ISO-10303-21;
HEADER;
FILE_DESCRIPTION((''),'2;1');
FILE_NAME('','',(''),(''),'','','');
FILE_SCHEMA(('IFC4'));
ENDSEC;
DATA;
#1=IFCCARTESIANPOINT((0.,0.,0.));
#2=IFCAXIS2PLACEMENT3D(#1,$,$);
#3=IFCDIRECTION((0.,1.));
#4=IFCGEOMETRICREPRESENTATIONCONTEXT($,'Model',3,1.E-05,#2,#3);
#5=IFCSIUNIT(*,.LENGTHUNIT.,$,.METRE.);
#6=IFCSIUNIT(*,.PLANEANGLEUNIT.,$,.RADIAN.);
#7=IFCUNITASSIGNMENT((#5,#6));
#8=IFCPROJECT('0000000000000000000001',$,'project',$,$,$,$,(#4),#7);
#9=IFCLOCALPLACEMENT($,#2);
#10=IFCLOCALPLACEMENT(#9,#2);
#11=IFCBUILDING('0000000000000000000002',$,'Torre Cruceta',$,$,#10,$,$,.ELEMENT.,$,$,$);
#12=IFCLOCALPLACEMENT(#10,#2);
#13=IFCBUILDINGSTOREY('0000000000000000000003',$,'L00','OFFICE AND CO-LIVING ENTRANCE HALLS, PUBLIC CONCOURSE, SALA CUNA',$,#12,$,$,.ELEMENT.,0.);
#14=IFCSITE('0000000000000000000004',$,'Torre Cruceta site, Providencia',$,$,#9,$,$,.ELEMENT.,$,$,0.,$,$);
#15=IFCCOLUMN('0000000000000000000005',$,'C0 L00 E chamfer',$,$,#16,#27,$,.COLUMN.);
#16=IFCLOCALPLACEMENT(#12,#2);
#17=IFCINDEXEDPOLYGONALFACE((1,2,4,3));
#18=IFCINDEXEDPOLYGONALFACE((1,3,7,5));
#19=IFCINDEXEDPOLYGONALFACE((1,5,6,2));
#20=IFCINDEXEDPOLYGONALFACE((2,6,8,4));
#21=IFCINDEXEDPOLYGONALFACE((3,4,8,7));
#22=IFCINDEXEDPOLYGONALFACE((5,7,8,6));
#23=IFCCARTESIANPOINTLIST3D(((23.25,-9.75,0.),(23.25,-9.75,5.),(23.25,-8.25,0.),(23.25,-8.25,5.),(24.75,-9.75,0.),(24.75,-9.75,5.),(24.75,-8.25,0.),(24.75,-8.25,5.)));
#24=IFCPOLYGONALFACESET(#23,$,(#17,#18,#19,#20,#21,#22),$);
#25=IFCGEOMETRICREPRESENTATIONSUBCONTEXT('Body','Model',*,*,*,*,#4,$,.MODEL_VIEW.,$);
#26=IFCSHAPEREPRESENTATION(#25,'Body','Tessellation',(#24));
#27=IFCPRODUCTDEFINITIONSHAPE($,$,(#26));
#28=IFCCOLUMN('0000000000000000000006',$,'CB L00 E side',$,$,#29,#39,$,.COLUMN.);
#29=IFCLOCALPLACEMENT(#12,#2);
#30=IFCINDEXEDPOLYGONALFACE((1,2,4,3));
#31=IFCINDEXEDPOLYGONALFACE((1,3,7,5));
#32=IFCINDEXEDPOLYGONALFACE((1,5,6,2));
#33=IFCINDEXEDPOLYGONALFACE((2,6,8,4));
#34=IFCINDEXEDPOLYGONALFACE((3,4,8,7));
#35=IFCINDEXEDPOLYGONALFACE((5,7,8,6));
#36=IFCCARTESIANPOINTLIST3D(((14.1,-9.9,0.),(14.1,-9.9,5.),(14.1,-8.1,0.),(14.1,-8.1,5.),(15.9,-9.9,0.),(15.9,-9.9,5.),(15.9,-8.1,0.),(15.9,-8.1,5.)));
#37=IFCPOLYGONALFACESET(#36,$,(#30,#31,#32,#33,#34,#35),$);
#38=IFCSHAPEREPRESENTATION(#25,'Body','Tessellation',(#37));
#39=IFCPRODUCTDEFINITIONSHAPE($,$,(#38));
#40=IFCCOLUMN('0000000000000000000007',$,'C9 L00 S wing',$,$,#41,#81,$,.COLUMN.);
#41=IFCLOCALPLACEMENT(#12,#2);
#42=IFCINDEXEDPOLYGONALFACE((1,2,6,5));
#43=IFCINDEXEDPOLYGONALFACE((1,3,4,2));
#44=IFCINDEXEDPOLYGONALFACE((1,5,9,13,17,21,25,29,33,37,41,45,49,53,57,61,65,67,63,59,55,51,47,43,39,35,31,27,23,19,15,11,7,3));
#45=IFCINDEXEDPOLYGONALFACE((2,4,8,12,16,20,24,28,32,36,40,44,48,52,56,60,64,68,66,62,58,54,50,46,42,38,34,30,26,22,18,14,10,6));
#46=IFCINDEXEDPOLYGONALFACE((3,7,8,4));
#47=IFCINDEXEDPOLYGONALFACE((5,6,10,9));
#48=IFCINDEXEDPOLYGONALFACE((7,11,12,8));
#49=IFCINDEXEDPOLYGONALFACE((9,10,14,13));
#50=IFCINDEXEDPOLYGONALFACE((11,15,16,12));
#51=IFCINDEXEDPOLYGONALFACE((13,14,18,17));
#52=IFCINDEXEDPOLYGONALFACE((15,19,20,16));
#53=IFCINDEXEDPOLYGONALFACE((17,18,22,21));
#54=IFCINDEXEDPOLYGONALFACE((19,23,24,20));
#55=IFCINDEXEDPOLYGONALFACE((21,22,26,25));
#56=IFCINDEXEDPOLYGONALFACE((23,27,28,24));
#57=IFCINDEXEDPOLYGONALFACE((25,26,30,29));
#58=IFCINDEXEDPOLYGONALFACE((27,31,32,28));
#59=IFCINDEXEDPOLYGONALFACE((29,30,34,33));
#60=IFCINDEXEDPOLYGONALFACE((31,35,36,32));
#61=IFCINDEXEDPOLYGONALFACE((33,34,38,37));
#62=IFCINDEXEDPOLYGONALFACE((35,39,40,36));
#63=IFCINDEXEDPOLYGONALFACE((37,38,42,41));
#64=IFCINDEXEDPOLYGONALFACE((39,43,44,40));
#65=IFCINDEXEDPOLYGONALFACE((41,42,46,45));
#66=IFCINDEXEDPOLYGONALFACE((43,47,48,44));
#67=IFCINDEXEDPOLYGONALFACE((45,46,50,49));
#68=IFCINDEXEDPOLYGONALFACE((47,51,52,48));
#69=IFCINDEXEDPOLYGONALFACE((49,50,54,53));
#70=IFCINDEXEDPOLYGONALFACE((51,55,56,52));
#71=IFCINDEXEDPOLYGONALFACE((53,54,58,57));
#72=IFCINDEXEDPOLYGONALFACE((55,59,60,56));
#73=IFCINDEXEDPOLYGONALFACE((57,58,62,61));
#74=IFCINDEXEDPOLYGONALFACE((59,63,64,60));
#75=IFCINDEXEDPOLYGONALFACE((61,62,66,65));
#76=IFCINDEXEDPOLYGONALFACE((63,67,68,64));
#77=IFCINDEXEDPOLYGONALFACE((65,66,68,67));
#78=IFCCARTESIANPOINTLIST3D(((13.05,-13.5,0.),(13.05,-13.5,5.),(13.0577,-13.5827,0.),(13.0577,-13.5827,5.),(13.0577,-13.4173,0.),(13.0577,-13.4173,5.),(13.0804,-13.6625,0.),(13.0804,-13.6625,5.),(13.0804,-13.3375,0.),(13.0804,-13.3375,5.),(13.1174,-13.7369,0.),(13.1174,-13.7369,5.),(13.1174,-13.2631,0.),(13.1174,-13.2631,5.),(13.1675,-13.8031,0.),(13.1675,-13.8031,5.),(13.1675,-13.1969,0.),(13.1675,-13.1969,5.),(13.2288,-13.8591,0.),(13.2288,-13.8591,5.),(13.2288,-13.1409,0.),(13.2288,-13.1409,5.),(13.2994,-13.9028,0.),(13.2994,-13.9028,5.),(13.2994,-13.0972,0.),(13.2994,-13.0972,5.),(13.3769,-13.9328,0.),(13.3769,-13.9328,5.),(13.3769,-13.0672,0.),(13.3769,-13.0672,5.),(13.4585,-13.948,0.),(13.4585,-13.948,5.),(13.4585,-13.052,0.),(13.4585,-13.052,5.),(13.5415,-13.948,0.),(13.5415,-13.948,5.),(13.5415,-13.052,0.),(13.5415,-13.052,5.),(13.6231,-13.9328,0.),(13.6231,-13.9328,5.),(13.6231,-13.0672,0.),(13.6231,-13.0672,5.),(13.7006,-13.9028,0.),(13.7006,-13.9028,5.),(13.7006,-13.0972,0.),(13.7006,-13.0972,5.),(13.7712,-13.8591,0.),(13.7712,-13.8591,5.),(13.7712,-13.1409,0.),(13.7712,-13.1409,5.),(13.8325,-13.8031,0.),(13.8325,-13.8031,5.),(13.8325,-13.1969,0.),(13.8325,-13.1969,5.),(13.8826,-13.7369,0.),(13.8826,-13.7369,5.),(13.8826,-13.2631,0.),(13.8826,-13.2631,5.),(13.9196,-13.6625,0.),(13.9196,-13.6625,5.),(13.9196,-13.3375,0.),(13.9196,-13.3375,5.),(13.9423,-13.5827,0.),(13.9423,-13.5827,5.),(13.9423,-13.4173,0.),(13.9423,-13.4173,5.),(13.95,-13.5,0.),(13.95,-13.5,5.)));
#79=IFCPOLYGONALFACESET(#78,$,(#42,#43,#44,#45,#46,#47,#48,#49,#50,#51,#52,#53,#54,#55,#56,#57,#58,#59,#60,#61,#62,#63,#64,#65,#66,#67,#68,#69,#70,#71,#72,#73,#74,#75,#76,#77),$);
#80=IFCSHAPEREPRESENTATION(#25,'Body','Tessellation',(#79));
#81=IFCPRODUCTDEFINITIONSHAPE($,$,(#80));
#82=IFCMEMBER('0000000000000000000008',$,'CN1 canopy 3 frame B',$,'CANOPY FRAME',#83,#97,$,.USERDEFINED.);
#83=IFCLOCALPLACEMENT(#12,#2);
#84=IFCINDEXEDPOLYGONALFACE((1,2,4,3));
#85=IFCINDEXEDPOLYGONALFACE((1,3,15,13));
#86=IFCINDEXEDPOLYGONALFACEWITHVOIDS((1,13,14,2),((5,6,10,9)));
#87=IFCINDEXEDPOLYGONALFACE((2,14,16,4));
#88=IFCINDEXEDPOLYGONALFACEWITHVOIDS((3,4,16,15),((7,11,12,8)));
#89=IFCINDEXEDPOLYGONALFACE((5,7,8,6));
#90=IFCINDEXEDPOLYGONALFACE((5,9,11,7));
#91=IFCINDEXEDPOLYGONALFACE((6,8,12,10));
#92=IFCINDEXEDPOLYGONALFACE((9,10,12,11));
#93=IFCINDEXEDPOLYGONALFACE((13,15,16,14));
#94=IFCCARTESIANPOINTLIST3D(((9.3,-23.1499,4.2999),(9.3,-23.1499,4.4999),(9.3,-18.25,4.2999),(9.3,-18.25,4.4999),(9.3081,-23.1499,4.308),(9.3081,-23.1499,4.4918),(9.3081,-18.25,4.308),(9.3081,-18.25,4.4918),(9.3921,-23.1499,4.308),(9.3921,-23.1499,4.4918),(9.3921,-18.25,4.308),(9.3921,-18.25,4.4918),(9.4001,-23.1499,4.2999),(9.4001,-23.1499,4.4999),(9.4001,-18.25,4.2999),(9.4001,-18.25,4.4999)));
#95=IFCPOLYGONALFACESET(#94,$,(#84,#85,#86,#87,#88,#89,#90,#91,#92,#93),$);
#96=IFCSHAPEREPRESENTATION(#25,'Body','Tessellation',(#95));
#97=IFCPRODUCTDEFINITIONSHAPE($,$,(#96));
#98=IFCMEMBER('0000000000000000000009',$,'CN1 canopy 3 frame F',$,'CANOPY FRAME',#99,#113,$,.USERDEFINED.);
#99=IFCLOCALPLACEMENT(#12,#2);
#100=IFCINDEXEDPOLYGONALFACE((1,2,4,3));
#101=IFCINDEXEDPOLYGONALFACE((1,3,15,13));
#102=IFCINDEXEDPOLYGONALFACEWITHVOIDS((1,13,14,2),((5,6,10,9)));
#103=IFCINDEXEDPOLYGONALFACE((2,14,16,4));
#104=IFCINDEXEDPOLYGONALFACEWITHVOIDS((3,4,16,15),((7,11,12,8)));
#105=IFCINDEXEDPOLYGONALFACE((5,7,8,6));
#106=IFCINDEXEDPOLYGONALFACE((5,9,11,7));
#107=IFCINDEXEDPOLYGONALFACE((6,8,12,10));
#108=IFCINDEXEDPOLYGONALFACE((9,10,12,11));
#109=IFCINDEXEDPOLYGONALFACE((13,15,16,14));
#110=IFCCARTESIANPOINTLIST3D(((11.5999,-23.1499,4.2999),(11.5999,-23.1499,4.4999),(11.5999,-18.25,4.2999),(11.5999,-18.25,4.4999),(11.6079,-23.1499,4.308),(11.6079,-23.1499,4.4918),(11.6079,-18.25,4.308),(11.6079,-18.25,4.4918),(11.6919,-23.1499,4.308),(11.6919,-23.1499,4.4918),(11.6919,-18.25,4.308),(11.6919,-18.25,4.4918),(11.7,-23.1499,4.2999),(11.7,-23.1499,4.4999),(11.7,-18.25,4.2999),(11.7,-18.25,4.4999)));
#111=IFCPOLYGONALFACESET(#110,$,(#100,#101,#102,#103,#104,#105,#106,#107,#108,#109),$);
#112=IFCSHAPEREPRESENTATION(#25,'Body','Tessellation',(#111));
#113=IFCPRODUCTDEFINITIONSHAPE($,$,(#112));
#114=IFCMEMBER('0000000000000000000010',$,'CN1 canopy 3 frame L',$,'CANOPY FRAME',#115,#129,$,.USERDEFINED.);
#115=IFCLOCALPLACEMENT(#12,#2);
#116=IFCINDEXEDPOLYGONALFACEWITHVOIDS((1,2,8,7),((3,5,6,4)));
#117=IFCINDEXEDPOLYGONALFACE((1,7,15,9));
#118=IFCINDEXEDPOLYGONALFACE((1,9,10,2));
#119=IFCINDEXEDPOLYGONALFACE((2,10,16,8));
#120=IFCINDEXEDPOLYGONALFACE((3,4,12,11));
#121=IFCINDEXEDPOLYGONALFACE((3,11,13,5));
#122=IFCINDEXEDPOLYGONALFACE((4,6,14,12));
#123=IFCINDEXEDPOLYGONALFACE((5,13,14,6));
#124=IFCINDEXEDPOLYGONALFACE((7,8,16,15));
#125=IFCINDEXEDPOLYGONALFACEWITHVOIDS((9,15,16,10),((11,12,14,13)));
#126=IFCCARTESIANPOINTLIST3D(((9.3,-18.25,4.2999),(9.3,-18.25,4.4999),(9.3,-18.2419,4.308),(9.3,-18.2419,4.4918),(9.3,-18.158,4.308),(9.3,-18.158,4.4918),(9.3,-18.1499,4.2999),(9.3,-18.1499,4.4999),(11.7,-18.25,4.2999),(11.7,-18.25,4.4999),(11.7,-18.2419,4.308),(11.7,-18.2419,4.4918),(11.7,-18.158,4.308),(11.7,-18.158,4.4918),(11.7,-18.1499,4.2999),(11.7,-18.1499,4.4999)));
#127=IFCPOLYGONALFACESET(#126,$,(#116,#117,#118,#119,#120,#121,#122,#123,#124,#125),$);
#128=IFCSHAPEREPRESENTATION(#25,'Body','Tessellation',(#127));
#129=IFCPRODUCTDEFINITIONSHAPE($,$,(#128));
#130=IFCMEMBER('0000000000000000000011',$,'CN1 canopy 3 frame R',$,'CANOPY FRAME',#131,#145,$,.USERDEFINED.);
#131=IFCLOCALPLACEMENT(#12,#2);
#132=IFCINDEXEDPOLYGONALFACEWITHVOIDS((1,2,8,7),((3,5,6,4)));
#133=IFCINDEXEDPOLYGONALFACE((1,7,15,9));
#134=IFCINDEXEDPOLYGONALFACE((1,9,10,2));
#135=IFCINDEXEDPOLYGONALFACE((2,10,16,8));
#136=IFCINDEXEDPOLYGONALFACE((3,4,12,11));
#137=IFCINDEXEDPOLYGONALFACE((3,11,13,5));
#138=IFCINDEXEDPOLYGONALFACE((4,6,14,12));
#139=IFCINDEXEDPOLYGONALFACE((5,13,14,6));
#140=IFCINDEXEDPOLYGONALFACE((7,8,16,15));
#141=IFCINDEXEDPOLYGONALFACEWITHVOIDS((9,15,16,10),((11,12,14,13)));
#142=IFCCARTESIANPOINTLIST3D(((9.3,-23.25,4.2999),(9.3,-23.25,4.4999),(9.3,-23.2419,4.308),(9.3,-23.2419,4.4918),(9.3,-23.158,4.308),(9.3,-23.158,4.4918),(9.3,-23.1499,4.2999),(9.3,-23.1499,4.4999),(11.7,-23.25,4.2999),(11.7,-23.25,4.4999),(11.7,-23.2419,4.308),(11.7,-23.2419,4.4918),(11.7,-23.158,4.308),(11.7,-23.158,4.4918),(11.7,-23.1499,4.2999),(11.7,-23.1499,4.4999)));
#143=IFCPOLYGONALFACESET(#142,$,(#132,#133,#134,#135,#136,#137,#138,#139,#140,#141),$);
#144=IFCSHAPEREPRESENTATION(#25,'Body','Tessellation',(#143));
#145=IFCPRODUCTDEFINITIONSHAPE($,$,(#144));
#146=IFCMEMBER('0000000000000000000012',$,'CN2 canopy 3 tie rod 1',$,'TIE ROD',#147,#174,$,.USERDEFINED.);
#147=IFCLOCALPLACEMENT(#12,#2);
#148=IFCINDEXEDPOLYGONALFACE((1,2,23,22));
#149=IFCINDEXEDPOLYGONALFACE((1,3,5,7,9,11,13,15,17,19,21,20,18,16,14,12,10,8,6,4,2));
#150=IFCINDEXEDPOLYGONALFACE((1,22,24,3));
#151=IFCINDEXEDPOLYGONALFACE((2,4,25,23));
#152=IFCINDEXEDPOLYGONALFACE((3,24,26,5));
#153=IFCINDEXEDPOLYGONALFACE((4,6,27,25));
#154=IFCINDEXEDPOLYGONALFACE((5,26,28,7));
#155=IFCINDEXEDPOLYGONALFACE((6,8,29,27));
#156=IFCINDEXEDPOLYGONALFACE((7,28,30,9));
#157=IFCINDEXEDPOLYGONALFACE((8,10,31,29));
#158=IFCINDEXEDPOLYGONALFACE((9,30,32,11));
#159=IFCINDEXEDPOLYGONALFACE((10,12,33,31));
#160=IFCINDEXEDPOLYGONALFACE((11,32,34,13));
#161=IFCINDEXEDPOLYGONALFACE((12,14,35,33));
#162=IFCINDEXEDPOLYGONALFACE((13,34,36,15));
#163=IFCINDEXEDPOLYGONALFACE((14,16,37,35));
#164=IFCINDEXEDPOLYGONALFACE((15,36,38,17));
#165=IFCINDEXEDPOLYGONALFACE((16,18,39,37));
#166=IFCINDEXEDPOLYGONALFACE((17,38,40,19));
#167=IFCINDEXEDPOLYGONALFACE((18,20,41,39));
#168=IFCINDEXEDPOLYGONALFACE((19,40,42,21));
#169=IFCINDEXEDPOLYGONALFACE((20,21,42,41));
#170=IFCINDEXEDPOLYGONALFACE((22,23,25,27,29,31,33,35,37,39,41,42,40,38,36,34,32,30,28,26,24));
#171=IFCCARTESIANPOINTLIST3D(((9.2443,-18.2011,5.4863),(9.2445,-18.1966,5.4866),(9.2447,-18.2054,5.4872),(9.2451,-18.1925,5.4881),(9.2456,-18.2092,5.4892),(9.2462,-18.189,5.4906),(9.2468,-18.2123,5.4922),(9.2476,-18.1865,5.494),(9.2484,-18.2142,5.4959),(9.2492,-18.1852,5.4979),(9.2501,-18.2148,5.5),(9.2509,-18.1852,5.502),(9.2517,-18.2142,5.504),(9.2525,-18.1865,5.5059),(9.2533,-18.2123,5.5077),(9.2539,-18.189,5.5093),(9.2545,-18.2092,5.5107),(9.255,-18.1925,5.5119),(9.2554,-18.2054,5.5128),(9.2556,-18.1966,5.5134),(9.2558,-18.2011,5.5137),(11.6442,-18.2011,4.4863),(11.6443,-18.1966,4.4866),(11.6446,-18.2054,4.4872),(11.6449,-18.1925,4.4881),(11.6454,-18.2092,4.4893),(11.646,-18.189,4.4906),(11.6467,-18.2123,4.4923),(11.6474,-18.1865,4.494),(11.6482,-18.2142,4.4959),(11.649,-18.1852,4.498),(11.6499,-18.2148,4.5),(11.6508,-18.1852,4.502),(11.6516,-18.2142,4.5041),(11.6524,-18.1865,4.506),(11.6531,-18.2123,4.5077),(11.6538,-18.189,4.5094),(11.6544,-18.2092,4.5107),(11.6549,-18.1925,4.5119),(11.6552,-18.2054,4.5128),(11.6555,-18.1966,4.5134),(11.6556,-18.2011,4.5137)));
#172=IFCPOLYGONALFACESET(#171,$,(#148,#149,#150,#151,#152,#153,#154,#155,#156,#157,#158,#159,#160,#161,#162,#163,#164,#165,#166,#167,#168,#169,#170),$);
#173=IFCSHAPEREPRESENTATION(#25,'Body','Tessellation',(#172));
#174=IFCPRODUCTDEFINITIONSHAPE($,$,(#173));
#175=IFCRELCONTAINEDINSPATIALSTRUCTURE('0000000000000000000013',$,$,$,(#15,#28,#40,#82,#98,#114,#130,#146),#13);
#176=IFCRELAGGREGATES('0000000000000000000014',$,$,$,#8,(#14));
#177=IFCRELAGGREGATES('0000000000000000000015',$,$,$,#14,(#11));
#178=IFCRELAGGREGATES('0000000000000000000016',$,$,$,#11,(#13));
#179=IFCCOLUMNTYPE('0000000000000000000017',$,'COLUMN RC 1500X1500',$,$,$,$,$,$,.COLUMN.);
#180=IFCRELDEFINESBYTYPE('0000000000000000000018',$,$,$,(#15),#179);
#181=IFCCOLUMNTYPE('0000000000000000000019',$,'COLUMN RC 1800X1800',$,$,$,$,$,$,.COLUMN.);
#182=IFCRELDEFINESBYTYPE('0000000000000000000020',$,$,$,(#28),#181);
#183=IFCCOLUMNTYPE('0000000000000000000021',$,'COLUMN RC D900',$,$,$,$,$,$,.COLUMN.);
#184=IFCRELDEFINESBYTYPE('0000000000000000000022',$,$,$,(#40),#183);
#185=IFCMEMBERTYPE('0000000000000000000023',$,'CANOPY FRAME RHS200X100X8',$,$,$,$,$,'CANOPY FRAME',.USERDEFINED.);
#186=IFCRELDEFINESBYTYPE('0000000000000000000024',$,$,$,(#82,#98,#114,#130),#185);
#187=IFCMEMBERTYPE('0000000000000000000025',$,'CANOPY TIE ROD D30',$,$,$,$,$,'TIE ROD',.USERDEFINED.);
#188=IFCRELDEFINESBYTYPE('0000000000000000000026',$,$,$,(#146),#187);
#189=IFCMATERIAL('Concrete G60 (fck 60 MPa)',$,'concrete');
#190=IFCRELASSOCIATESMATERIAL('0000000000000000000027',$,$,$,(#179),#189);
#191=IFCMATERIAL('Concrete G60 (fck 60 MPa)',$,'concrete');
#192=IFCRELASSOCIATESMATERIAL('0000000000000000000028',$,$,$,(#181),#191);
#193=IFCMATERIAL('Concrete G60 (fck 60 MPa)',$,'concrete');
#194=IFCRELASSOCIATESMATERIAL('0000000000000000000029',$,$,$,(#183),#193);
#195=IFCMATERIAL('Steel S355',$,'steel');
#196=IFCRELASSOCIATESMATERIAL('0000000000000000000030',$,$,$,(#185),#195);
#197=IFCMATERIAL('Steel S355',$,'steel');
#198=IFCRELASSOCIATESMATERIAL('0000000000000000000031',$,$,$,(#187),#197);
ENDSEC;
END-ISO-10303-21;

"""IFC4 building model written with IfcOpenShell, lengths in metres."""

from ifc_helpers import new_model, si_unit, direction, frame, origin, origin_2d, place, context, subcontext, project, spatial, rectangle, hollow_rectangle, circle, extrude, material, material_profile, profile_set, type_object, element, save


model = new_model("IFC4")

# Units and contexts
model_context = context("Model", 3, precision=1e-05, world=origin(), true_north=direction((0.0, 1.0)))
body_context = subcontext(model_context, "Body", "Model", "MODEL_VIEW")
ifc_project = project(units=[si_unit("LENGTHUNIT", "METRE"), si_unit("PLANEANGLEUNIT", "RADIAN")], contexts=[model_context])

# Site, building, storey
site_placement = place(None, origin())
site = spatial("IfcSite", under=ifc_project, at=site_placement, Name="Torre Cruceta site, Providencia", CompositionType="ELEMENT", RefElevation=0.0)
building_placement = place(site_placement, origin())
building = spatial("IfcBuilding", under=site, at=building_placement, Name="Torre Cruceta", CompositionType="ELEMENT")
storey_placement = place(building_placement, origin())
storey = spatial("IfcBuildingStorey", under=building, at=storey_placement, Name="L00", Description="OFFICE AND CO-LIVING ENTRANCE HALLS, PUBLIC CONCOURSE, SALA CUNA", CompositionType="ELEMENT", Elevation=0.0)

# Columns
ifc_material_1 = material(Name="Concrete G60 (fck 60 MPa)", Category="concrete")
ifc_material_profile_1 = material_profile(ifc_material_1, rectangle(XDim=1.5, YDim=1.5, at=origin_2d()), Name="RC 1500X1500")
ifc_profile_set_1 = profile_set([ifc_material_profile_1], Name="Concrete G60 (fck 60 MPa)")
column_type_1 = type_object("IfcColumnType", Name="COLUMN RC 1500X1500", PredefinedType="COLUMN", material=ifc_profile_set_1)
column_1_placement = place(storey_placement, frame((24.0, -9.0, 0.0), z_axis=(0.0, 0.0, 1.0), x_axis=(1.0, 0.0, 0.0)))
element("IfcColumn", 1, at=column_1_placement, inside=storey, type_object=column_type_1, Name="C0 L00 E chamfer", PredefinedType="COLUMN", context=body_context, shape_type="SweptSolid", body=[
    extrude(rectangle(XDim=1.5, YDim=1.5, at=origin_2d()), origin(), (0.0, 0.0, 1.0), 5.0),
])
ifc_material_2 = material(Name="Concrete G60 (fck 60 MPa)", Category="concrete")
ifc_material_profile_2 = material_profile(ifc_material_2, rectangle(XDim=1.8, YDim=1.8, at=origin_2d()), Name="RC 1800X1800")
ifc_profile_set_2 = profile_set([ifc_material_profile_2], Name="Concrete G60 (fck 60 MPa)")
column_type_2 = type_object("IfcColumnType", Name="COLUMN RC 1800X1800", PredefinedType="COLUMN", material=ifc_profile_set_2)
column_2_placement = place(storey_placement, frame((15.0, -9.0, 0.0), z_axis=(0.0, 0.0, 1.0), x_axis=(1.0, 0.0, 0.0)))
element("IfcColumn", 2, at=column_2_placement, inside=storey, type_object=column_type_2, Name="CB L00 E side", PredefinedType="COLUMN", context=body_context, shape_type="SweptSolid", body=[
    extrude(rectangle(XDim=1.8, YDim=1.8, at=origin_2d()), origin(), (0.0, 0.0, 1.0), 5.0),
])
ifc_material_3 = material(Name="Concrete G60 (fck 60 MPa)", Category="concrete")
ifc_material_profile_3 = material_profile(ifc_material_3, circle(Radius=0.45, at=origin_2d()), Name="RC D900")
ifc_profile_set_3 = profile_set([ifc_material_profile_3], Name="Concrete G60 (fck 60 MPa)")
column_type_3 = type_object("IfcColumnType", Name="COLUMN RC D900", PredefinedType="COLUMN", material=ifc_profile_set_3)
column_3_placement = place(storey_placement, frame((13.5, -13.5, 0.0), z_axis=(0.0, 0.0, 1.0), x_axis=(1.0, 0.0, 0.0)))
element("IfcColumn", 3, at=column_3_placement, inside=storey, type_object=column_type_3, Name="C9 L00 S wing", PredefinedType="COLUMN", context=body_context, shape_type="SweptSolid", body=[
    extrude(circle(Radius=0.45, at=origin_2d()), origin(), (0.0, 0.0, 1.0), 5.0),
])

# Members
ifc_material_4 = material(Name="Steel S355", Category="steel")
ifc_material_profile_4 = material_profile(ifc_material_4, hollow_rectangle(XDim=0.1001, YDim=0.2, WallThickness=0.0081, at=origin_2d()), Name="RHS200X100X8")
ifc_profile_set_4 = profile_set([ifc_material_profile_4], Name="Steel S355")
member_type_1 = type_object("IfcMemberType", Name="CANOPY FRAME RHS200X100X8", ElementType="CANOPY FRAME", PredefinedType="USERDEFINED", material=ifc_profile_set_4)
for number, where, z_axis, x_axis, name in (
    (4, (9.3501, -18.25, 4.3999), (0.0, -1.0, 0.0), (1.0, 0.0, 0.0), "CN1 canopy 3 frame B"),
    (5, (11.6499, -18.25, 4.3999), (0.0, -1.0, 0.0), (1.0, 0.0, 0.0), "CN1 canopy 3 frame F"),
):
    element("IfcMember", number, at=place(storey_placement, frame(where, z_axis=z_axis, x_axis=x_axis)), inside=storey, type_object=member_type_1, Name=name, ObjectType="CANOPY FRAME", PredefinedType="USERDEFINED", context=body_context, shape_type="SweptSolid", body=[
        extrude(hollow_rectangle(XDim=0.1001, YDim=0.2, WallThickness=0.0081, at=origin_2d()), origin(), (0.0, 0.0, 1.0), 4.8999),
    ])
for number, where, z_axis, x_axis, name in (
    (6, (9.3, -18.2, 4.3999), (1.0, 0.0, 0.0), (0.0, 1.0, 0.0), "CN1 canopy 3 frame L"),
    (7, (9.3, -23.2, 4.3999), (1.0, 0.0, 0.0), (0.0, 1.0, 0.0), "CN1 canopy 3 frame R"),
):
    element("IfcMember", number, at=place(storey_placement, frame(where, z_axis=z_axis, x_axis=x_axis)), inside=storey, type_object=member_type_1, Name=name, ObjectType="CANOPY FRAME", PredefinedType="USERDEFINED", context=body_context, shape_type="SweptSolid", body=[
        extrude(hollow_rectangle(XDim=0.1001, YDim=0.2, WallThickness=0.0081, at=origin_2d()), origin(), (0.0, 0.0, 1.0), 2.3999),
    ])
ifc_material_5 = material(Name="Steel S355", Category="steel")
ifc_material_profile_5 = material_profile(ifc_material_5, circle(Radius=0.0149, at=origin_2d()), Name="ROD D30")
ifc_profile_set_5 = profile_set([ifc_material_profile_5], Name="Steel S355")
member_type_2 = type_object("IfcMemberType", Name="CANOPY TIE ROD D30", ElementType="TIE ROD", PredefinedType="USERDEFINED", material=ifc_profile_set_5)
member_1_placement = place(storey_placement, frame((11.6499, -18.2, 4.5), z_axis=(-0.923071, 0.0, 0.384629), x_axis=(0.0, -1.0, 0.0)))
element("IfcMember", 8, at=member_1_placement, inside=storey, type_object=member_type_2, Name="CN2 canopy 3 tie rod 1", ObjectType="TIE ROD", PredefinedType="USERDEFINED", context=body_context, shape_type="SweptSolid", body=[
    extrude(circle(Radius=0.0149, at=origin_2d()), origin(), (0.0, 0.0, 1.0), 2.5999),
])

save(model, "model.ifc")
